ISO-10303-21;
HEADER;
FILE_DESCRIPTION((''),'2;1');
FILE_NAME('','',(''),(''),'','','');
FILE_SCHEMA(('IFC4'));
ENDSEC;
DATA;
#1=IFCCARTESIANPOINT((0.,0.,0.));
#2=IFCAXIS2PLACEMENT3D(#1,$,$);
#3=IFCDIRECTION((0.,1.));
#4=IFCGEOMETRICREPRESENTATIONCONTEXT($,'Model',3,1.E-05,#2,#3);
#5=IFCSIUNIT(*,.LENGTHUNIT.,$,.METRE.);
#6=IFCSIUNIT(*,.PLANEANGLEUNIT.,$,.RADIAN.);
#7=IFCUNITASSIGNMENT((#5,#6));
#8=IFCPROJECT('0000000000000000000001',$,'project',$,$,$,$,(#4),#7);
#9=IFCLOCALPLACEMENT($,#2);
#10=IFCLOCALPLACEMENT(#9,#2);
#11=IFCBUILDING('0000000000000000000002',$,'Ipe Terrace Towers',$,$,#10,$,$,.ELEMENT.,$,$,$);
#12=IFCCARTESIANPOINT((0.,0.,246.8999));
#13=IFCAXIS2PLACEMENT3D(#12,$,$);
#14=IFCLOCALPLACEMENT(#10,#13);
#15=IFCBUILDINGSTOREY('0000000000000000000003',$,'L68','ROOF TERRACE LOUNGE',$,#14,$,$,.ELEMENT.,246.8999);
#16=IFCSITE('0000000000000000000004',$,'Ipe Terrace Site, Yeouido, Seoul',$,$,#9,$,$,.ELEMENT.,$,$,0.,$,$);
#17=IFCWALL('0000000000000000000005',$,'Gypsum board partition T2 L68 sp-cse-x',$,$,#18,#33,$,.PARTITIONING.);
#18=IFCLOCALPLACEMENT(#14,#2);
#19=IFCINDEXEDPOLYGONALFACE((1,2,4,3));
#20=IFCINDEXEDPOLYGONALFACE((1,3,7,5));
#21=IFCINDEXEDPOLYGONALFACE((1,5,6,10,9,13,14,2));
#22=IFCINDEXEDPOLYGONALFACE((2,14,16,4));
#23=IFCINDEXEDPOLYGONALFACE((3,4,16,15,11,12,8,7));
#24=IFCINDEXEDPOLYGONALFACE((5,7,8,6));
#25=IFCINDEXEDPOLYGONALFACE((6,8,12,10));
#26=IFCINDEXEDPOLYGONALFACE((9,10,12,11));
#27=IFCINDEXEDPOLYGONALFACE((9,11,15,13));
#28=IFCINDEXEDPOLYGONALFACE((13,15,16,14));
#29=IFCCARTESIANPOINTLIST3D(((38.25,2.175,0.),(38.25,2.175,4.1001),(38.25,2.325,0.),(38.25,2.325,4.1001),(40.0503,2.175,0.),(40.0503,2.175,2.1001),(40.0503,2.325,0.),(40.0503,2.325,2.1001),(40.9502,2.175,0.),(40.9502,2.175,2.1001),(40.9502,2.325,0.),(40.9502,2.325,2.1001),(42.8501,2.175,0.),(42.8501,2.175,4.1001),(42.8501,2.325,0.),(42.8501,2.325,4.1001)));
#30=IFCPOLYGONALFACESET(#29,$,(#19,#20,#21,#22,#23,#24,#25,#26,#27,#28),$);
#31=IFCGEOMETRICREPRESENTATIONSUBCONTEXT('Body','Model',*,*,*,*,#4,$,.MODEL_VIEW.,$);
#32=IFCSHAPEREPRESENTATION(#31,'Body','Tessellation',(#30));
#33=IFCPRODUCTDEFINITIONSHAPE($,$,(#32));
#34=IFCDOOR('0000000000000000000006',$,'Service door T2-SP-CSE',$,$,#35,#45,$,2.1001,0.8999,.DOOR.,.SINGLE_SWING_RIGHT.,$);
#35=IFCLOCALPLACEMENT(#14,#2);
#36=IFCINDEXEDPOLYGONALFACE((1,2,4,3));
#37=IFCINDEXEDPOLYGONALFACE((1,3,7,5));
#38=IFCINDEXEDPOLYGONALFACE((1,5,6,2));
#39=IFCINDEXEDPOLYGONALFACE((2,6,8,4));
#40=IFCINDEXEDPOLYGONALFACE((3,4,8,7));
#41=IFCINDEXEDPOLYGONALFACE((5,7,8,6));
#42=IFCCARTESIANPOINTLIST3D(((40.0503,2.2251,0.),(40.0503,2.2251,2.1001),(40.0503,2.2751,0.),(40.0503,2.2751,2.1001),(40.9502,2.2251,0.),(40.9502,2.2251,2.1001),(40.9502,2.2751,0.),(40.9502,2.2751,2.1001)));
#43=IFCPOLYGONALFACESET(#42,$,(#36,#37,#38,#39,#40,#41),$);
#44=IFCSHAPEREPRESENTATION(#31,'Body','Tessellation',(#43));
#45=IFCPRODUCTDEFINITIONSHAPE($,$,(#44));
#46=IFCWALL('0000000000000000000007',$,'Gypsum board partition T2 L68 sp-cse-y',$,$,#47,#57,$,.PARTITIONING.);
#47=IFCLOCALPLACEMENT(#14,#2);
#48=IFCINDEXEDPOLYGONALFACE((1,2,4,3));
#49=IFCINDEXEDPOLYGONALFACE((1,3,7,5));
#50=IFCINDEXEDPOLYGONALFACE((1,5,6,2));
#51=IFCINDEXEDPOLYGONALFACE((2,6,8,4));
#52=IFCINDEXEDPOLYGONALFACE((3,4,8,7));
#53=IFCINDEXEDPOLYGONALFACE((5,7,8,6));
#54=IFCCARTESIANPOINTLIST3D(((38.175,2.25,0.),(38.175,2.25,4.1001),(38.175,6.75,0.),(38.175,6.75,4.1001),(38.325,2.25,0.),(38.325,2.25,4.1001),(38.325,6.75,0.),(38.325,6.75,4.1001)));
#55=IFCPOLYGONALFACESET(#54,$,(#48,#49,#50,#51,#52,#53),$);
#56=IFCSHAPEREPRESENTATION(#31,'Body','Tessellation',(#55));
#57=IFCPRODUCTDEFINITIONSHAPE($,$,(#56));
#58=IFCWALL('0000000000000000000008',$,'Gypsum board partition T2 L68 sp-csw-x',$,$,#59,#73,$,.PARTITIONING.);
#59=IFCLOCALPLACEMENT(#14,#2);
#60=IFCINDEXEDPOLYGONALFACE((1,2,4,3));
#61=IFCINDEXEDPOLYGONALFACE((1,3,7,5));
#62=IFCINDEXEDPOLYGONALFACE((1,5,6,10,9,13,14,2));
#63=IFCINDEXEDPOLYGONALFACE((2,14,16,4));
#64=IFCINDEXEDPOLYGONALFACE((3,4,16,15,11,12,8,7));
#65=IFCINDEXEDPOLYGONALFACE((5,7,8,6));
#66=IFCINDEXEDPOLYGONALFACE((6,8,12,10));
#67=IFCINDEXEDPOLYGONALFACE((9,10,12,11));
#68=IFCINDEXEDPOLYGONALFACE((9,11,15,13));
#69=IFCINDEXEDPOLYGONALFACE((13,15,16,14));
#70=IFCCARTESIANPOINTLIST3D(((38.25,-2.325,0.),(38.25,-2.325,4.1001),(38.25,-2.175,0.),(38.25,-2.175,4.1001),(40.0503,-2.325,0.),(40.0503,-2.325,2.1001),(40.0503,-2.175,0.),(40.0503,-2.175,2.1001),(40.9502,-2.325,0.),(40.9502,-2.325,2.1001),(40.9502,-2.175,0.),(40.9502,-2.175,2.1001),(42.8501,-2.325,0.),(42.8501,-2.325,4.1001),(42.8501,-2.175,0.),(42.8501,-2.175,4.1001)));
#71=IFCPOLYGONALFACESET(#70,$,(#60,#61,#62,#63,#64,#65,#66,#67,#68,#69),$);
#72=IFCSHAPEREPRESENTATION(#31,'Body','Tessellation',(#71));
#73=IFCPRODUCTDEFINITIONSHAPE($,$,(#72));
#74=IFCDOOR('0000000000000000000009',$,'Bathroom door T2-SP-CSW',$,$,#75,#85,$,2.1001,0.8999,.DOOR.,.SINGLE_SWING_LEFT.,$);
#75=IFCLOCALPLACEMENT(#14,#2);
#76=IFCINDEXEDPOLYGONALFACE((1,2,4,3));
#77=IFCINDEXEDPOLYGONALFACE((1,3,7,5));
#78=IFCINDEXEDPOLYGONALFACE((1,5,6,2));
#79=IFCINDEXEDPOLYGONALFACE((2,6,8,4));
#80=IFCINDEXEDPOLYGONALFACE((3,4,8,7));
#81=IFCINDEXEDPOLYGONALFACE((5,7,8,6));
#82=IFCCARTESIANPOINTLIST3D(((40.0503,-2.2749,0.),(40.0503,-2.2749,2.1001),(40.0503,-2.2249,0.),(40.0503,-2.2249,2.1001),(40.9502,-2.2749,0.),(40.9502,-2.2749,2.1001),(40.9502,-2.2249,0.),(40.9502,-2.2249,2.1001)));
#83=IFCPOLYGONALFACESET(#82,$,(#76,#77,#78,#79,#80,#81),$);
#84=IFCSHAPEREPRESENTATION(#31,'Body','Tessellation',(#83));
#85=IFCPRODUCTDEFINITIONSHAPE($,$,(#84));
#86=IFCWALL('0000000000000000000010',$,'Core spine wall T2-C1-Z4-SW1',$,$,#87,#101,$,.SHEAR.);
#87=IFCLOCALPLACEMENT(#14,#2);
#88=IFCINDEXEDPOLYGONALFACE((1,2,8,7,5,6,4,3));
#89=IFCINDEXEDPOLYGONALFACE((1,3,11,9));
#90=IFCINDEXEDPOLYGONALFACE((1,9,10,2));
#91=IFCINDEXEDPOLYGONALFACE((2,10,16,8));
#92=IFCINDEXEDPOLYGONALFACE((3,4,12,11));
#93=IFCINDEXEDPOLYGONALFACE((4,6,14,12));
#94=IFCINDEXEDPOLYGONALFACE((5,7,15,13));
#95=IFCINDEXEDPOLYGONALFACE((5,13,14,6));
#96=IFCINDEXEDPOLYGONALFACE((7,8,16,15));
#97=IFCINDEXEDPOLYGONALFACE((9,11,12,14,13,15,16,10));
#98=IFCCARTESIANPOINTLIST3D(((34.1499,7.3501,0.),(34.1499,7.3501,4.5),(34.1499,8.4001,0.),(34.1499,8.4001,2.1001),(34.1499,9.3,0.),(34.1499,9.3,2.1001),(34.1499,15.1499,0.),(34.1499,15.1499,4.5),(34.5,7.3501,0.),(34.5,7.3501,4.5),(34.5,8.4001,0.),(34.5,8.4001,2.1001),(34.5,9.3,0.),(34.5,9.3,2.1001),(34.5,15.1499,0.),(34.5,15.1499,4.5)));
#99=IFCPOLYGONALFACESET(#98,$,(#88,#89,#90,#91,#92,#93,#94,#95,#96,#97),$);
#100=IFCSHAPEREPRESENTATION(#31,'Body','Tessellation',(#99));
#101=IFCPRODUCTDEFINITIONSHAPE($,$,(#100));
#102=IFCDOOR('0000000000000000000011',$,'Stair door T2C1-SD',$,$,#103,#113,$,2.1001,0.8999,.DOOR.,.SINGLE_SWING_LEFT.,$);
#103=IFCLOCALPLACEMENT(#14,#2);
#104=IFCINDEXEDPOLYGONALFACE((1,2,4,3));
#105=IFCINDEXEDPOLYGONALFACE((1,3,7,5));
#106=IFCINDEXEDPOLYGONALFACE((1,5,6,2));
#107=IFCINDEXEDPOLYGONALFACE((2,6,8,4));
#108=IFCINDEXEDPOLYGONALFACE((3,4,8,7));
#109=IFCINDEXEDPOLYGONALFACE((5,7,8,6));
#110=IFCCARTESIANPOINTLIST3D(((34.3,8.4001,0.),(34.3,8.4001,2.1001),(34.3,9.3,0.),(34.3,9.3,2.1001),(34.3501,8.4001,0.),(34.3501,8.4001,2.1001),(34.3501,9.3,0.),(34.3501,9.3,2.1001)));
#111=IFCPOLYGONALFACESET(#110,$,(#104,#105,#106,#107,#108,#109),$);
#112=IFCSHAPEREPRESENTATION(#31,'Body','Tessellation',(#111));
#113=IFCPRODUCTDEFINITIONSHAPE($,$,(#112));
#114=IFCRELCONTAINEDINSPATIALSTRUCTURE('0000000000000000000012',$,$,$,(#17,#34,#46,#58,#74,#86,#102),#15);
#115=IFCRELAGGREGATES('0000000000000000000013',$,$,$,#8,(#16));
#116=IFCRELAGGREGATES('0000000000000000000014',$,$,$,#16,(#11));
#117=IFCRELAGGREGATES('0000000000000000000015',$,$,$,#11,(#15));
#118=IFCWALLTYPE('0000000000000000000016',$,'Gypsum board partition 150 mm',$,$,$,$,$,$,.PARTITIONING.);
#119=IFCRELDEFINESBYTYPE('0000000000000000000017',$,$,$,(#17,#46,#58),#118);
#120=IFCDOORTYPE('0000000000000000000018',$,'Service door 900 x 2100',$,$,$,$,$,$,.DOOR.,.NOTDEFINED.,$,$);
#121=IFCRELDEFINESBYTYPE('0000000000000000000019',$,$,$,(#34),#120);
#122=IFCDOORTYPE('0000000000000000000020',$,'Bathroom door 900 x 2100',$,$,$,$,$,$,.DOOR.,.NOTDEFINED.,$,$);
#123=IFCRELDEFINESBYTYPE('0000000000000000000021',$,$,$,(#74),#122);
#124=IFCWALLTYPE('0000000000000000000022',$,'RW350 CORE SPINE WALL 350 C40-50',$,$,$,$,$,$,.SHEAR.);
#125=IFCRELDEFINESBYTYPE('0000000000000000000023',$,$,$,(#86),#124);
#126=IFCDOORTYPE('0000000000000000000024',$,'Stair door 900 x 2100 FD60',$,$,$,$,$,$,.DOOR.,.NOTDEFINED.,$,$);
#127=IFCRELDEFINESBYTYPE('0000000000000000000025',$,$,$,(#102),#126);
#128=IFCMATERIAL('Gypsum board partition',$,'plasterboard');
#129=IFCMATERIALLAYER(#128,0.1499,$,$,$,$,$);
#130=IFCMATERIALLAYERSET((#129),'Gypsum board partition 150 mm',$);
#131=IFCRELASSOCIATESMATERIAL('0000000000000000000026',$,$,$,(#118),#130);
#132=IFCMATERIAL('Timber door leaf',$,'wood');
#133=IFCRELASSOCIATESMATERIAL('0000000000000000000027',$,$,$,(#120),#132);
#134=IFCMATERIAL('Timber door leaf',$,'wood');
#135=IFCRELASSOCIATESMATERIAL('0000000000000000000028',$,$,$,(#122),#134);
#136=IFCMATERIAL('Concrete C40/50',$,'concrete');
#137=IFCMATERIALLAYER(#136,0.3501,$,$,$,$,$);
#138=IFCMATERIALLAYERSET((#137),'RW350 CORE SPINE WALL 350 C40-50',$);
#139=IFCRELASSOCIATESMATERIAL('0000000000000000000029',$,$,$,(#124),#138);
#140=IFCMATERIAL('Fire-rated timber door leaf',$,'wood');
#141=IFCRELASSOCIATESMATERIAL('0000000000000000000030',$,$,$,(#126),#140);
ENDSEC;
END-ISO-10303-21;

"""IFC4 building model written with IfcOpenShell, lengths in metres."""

from ifc_helpers import new_model, si_unit, direction, frame, frame_2d, origin, place, context, subcontext, project, spatial, rectangle, extrude, material, layer, layer_set, type_object, element, fill, save


model = new_model("IFC4")

# Units and contexts
model_context = context("Model", 3, precision=1e-05, world=origin(), true_north=direction((0.0, 1.0)))
body_context = subcontext(model_context, "Body", "Model", "MODEL_VIEW")
ifc_project = project(units=[si_unit("LENGTHUNIT", "METRE"), si_unit("PLANEANGLEUNIT", "RADIAN")], contexts=[model_context])

# Site, building, storey
site_placement = place(None, origin())
site = spatial("IfcSite", under=ifc_project, at=site_placement, Name="Ipe Terrace Site, Yeouido, Seoul", CompositionType="ELEMENT", RefElevation=0.0)
building_placement = place(site_placement, origin())
building = spatial("IfcBuilding", under=site, at=building_placement, Name="Ipe Terrace Towers", CompositionType="ELEMENT")
storey_placement = place(building_placement, frame((0.0, 0.0, 246.8999)))
storey = spatial("IfcBuildingStorey", under=building, at=storey_placement, Name="L68", Description="ROOF TERRACE LOUNGE", CompositionType="ELEMENT", Elevation=246.8999)

# Wall, opening, door
ifc_material_1 = material(Name="Gypsum board partition", Category="plasterboard")
ifc_layer_1 = layer(ifc_material_1, 0.1499)
ifc_layer_set_1 = layer_set([ifc_layer_1], Name="Gypsum board partition 150 mm")
wall_type_1 = type_object("IfcWallType", Name="Gypsum board partition 150 mm", PredefinedType="PARTITIONING", material=ifc_layer_set_1)
wall_1_placement = place(storey_placement, frame((42.8501, 2.25, 0.0), z_axis=(0.0, 0.0, 1.0), x_axis=(-1.0, 0.0, 0.0)))
wall_1 = element("IfcWall", 1, at=wall_1_placement, inside=storey, type_object=wall_type_1, Name="Gypsum board partition T2 L68 sp-cse-x", PredefinedType="PARTITIONING", context=body_context, shape_type="SweptSolid", body=[
    extrude(rectangle(XDim=4.6001, YDim=0.1499, at=frame_2d((2.3, 0.0))), origin(), (0.0, 0.0, 1.0), 4.1001),
])
opening_1_placement = place(wall_1_placement, frame((1.8999, 0.0, 0.0)))
opening_1 = element("IfcOpeningElement", 2, at=opening_1_placement, cuts=wall_1, PredefinedType="OPENING", context=body_context, shape_type="SweptSolid", body=[
    extrude(rectangle(XDim=0.8999, YDim=2.1001, at=frame_2d((0.45, 1.05))), frame((0.0, 0.085, 0.0), z_axis=(0.0, -1.0, 0.0), x_axis=(1.0, 0.0, 0.0)), (0.0, 0.0, 1.0), 0.1699),
])
ifc_material_2 = material(Name="Timber door leaf", Category="wood")
door_type_1 = type_object("IfcDoorType", Name="Service door 900 x 2100", OperationType="NOTDEFINED", PredefinedType="DOOR", material=ifc_material_2)
door_1_placement = place(opening_1_placement, origin())
door_1 = element("IfcDoor", 3, at=door_1_placement, inside=storey, type_object=door_type_1, Name="Service door T2-SP-CSE", OperationType="SINGLE_SWING_RIGHT", OverallHeight=2.1001, OverallWidth=0.8999, PredefinedType="DOOR", context=body_context, shape_type="SweptSolid", body=[
    extrude(rectangle(XDim=0.8999, YDim=2.1001, at=frame_2d((0.45, 1.05))), frame((0.0, 0.0249, 0.0), z_axis=(0.0, -1.0, 0.0), x_axis=(1.0, 0.0, 0.0)), (0.0, 0.0, 1.0), 0.05),
])
fill(opening_1, door_1)

# Wall
wall_2_placement = place(storey_placement, frame((38.25, 2.25, 0.0), z_axis=(0.0, 0.0, 1.0), x_axis=(0.0, 1.0, 0.0)))
element("IfcWall", 4, at=wall_2_placement, inside=storey, type_object=wall_type_1, Name="Gypsum board partition T2 L68 sp-cse-y", PredefinedType="PARTITIONING", context=body_context, shape_type="SweptSolid", body=[
    extrude(rectangle(XDim=4.5, YDim=0.1499, at=frame_2d((2.25, 0.0))), origin(), (0.0, 0.0, 1.0), 4.1001),
])

# Walls, openings, doors
wall_3_placement = place(storey_placement, frame((42.8501, -2.25, 0.0), z_axis=(0.0, 0.0, 1.0), x_axis=(-1.0, 0.0, 0.0)))
wall_3 = element("IfcWall", 5, at=wall_3_placement, inside=storey, type_object=wall_type_1, Name="Gypsum board partition T2 L68 sp-csw-x", PredefinedType="PARTITIONING", context=body_context, shape_type="SweptSolid", body=[
    extrude(rectangle(XDim=4.6001, YDim=0.1499, at=frame_2d((2.3, 0.0))), origin(), (0.0, 0.0, 1.0), 4.1001),
])
opening_2_placement = place(wall_3_placement, frame((1.8999, 0.0, 0.0)))
opening_2 = element("IfcOpeningElement", 6, at=opening_2_placement, cuts=wall_3, PredefinedType="OPENING", context=body_context, shape_type="SweptSolid", body=[
    extrude(rectangle(XDim=0.8999, YDim=2.1001, at=frame_2d((0.45, 1.05))), frame((0.0, 0.085, 0.0), z_axis=(0.0, -1.0, 0.0), x_axis=(1.0, 0.0, 0.0)), (0.0, 0.0, 1.0), 0.1699),
])
ifc_material_3 = material(Name="Timber door leaf", Category="wood")
door_type_2 = type_object("IfcDoorType", Name="Bathroom door 900 x 2100", OperationType="NOTDEFINED", PredefinedType="DOOR", material=ifc_material_3)
door_2_placement = place(opening_2_placement, origin())
door_2 = element("IfcDoor", 7, at=door_2_placement, inside=storey, type_object=door_type_2, Name="Bathroom door T2-SP-CSW", OperationType="SINGLE_SWING_LEFT", OverallHeight=2.1001, OverallWidth=0.8999, PredefinedType="DOOR", context=body_context, shape_type="SweptSolid", body=[
    extrude(rectangle(XDim=0.8999, YDim=2.1001, at=frame_2d((0.45, 1.05))), frame((0.0, 0.0249, 0.0), z_axis=(0.0, -1.0, 0.0), x_axis=(1.0, 0.0, 0.0)), (0.0, 0.0, 1.0), 0.05),
])
fill(opening_2, door_2)
ifc_material_4 = material(Name="Concrete C40/50", Category="concrete")
ifc_layer_2 = layer(ifc_material_4, 0.3501)
ifc_layer_set_2 = layer_set([ifc_layer_2], Name="RW350 CORE SPINE WALL 350 C40-50")
wall_type_2 = type_object("IfcWallType", Name="RW350 CORE SPINE WALL 350 C40-50", PredefinedType="SHEAR", material=ifc_layer_set_2)
wall_4_placement = place(storey_placement, frame((34.325, 7.3501, 0.0), z_axis=(0.0, 0.0, 1.0), x_axis=(0.0, 1.0, 0.0)))
wall_4 = element("IfcWall", 8, at=wall_4_placement, inside=storey, type_object=wall_type_2, Name="Core spine wall T2-C1-Z4-SW1", PredefinedType="SHEAR", context=body_context, shape_type="SweptSolid", body=[
    extrude(rectangle(XDim=7.7998, YDim=0.3501, at=frame_2d((3.8999, 0.0))), origin(), (0.0, 0.0, 1.0), 4.5),
])
opening_3_placement = place(wall_4_placement, frame((1.05, 0.0, 0.0)))
opening_3 = element("IfcOpeningElement", 9, at=opening_3_placement, cuts=wall_4, PredefinedType="OPENING", context=body_context, shape_type="SweptSolid", body=[
    extrude(rectangle(XDim=0.8999, YDim=2.1001, at=frame_2d((0.45, 1.05))), frame((0.0, 0.1851, 0.0), z_axis=(0.0, -1.0, 0.0), x_axis=(1.0, 0.0, 0.0)), (0.0, 0.0, 1.0), 0.3701),
])
ifc_material_5 = material(Name="Fire-rated timber door leaf", Category="wood")
door_type_3 = type_object("IfcDoorType", Name="Stair door 900 x 2100 FD60", OperationType="NOTDEFINED", PredefinedType="DOOR", material=ifc_material_5)
door_3_placement = place(opening_3_placement, origin())
door_3 = element("IfcDoor", 10, at=door_3_placement, inside=storey, type_object=door_type_3, Name="Stair door T2C1-SD", OperationType="SINGLE_SWING_LEFT", OverallHeight=2.1001, OverallWidth=0.8999, PredefinedType="DOOR", context=body_context, shape_type="SweptSolid", body=[
    extrude(rectangle(XDim=0.8999, YDim=2.1001, at=frame_2d((0.45, 1.05))), frame((0.0, 0.0249, 0.0), z_axis=(0.0, -1.0, 0.0), x_axis=(1.0, 0.0, 0.0)), (0.0, 0.0, 1.0), 0.05),
])
fill(opening_3, door_3)

save(model, "model.ifc")
